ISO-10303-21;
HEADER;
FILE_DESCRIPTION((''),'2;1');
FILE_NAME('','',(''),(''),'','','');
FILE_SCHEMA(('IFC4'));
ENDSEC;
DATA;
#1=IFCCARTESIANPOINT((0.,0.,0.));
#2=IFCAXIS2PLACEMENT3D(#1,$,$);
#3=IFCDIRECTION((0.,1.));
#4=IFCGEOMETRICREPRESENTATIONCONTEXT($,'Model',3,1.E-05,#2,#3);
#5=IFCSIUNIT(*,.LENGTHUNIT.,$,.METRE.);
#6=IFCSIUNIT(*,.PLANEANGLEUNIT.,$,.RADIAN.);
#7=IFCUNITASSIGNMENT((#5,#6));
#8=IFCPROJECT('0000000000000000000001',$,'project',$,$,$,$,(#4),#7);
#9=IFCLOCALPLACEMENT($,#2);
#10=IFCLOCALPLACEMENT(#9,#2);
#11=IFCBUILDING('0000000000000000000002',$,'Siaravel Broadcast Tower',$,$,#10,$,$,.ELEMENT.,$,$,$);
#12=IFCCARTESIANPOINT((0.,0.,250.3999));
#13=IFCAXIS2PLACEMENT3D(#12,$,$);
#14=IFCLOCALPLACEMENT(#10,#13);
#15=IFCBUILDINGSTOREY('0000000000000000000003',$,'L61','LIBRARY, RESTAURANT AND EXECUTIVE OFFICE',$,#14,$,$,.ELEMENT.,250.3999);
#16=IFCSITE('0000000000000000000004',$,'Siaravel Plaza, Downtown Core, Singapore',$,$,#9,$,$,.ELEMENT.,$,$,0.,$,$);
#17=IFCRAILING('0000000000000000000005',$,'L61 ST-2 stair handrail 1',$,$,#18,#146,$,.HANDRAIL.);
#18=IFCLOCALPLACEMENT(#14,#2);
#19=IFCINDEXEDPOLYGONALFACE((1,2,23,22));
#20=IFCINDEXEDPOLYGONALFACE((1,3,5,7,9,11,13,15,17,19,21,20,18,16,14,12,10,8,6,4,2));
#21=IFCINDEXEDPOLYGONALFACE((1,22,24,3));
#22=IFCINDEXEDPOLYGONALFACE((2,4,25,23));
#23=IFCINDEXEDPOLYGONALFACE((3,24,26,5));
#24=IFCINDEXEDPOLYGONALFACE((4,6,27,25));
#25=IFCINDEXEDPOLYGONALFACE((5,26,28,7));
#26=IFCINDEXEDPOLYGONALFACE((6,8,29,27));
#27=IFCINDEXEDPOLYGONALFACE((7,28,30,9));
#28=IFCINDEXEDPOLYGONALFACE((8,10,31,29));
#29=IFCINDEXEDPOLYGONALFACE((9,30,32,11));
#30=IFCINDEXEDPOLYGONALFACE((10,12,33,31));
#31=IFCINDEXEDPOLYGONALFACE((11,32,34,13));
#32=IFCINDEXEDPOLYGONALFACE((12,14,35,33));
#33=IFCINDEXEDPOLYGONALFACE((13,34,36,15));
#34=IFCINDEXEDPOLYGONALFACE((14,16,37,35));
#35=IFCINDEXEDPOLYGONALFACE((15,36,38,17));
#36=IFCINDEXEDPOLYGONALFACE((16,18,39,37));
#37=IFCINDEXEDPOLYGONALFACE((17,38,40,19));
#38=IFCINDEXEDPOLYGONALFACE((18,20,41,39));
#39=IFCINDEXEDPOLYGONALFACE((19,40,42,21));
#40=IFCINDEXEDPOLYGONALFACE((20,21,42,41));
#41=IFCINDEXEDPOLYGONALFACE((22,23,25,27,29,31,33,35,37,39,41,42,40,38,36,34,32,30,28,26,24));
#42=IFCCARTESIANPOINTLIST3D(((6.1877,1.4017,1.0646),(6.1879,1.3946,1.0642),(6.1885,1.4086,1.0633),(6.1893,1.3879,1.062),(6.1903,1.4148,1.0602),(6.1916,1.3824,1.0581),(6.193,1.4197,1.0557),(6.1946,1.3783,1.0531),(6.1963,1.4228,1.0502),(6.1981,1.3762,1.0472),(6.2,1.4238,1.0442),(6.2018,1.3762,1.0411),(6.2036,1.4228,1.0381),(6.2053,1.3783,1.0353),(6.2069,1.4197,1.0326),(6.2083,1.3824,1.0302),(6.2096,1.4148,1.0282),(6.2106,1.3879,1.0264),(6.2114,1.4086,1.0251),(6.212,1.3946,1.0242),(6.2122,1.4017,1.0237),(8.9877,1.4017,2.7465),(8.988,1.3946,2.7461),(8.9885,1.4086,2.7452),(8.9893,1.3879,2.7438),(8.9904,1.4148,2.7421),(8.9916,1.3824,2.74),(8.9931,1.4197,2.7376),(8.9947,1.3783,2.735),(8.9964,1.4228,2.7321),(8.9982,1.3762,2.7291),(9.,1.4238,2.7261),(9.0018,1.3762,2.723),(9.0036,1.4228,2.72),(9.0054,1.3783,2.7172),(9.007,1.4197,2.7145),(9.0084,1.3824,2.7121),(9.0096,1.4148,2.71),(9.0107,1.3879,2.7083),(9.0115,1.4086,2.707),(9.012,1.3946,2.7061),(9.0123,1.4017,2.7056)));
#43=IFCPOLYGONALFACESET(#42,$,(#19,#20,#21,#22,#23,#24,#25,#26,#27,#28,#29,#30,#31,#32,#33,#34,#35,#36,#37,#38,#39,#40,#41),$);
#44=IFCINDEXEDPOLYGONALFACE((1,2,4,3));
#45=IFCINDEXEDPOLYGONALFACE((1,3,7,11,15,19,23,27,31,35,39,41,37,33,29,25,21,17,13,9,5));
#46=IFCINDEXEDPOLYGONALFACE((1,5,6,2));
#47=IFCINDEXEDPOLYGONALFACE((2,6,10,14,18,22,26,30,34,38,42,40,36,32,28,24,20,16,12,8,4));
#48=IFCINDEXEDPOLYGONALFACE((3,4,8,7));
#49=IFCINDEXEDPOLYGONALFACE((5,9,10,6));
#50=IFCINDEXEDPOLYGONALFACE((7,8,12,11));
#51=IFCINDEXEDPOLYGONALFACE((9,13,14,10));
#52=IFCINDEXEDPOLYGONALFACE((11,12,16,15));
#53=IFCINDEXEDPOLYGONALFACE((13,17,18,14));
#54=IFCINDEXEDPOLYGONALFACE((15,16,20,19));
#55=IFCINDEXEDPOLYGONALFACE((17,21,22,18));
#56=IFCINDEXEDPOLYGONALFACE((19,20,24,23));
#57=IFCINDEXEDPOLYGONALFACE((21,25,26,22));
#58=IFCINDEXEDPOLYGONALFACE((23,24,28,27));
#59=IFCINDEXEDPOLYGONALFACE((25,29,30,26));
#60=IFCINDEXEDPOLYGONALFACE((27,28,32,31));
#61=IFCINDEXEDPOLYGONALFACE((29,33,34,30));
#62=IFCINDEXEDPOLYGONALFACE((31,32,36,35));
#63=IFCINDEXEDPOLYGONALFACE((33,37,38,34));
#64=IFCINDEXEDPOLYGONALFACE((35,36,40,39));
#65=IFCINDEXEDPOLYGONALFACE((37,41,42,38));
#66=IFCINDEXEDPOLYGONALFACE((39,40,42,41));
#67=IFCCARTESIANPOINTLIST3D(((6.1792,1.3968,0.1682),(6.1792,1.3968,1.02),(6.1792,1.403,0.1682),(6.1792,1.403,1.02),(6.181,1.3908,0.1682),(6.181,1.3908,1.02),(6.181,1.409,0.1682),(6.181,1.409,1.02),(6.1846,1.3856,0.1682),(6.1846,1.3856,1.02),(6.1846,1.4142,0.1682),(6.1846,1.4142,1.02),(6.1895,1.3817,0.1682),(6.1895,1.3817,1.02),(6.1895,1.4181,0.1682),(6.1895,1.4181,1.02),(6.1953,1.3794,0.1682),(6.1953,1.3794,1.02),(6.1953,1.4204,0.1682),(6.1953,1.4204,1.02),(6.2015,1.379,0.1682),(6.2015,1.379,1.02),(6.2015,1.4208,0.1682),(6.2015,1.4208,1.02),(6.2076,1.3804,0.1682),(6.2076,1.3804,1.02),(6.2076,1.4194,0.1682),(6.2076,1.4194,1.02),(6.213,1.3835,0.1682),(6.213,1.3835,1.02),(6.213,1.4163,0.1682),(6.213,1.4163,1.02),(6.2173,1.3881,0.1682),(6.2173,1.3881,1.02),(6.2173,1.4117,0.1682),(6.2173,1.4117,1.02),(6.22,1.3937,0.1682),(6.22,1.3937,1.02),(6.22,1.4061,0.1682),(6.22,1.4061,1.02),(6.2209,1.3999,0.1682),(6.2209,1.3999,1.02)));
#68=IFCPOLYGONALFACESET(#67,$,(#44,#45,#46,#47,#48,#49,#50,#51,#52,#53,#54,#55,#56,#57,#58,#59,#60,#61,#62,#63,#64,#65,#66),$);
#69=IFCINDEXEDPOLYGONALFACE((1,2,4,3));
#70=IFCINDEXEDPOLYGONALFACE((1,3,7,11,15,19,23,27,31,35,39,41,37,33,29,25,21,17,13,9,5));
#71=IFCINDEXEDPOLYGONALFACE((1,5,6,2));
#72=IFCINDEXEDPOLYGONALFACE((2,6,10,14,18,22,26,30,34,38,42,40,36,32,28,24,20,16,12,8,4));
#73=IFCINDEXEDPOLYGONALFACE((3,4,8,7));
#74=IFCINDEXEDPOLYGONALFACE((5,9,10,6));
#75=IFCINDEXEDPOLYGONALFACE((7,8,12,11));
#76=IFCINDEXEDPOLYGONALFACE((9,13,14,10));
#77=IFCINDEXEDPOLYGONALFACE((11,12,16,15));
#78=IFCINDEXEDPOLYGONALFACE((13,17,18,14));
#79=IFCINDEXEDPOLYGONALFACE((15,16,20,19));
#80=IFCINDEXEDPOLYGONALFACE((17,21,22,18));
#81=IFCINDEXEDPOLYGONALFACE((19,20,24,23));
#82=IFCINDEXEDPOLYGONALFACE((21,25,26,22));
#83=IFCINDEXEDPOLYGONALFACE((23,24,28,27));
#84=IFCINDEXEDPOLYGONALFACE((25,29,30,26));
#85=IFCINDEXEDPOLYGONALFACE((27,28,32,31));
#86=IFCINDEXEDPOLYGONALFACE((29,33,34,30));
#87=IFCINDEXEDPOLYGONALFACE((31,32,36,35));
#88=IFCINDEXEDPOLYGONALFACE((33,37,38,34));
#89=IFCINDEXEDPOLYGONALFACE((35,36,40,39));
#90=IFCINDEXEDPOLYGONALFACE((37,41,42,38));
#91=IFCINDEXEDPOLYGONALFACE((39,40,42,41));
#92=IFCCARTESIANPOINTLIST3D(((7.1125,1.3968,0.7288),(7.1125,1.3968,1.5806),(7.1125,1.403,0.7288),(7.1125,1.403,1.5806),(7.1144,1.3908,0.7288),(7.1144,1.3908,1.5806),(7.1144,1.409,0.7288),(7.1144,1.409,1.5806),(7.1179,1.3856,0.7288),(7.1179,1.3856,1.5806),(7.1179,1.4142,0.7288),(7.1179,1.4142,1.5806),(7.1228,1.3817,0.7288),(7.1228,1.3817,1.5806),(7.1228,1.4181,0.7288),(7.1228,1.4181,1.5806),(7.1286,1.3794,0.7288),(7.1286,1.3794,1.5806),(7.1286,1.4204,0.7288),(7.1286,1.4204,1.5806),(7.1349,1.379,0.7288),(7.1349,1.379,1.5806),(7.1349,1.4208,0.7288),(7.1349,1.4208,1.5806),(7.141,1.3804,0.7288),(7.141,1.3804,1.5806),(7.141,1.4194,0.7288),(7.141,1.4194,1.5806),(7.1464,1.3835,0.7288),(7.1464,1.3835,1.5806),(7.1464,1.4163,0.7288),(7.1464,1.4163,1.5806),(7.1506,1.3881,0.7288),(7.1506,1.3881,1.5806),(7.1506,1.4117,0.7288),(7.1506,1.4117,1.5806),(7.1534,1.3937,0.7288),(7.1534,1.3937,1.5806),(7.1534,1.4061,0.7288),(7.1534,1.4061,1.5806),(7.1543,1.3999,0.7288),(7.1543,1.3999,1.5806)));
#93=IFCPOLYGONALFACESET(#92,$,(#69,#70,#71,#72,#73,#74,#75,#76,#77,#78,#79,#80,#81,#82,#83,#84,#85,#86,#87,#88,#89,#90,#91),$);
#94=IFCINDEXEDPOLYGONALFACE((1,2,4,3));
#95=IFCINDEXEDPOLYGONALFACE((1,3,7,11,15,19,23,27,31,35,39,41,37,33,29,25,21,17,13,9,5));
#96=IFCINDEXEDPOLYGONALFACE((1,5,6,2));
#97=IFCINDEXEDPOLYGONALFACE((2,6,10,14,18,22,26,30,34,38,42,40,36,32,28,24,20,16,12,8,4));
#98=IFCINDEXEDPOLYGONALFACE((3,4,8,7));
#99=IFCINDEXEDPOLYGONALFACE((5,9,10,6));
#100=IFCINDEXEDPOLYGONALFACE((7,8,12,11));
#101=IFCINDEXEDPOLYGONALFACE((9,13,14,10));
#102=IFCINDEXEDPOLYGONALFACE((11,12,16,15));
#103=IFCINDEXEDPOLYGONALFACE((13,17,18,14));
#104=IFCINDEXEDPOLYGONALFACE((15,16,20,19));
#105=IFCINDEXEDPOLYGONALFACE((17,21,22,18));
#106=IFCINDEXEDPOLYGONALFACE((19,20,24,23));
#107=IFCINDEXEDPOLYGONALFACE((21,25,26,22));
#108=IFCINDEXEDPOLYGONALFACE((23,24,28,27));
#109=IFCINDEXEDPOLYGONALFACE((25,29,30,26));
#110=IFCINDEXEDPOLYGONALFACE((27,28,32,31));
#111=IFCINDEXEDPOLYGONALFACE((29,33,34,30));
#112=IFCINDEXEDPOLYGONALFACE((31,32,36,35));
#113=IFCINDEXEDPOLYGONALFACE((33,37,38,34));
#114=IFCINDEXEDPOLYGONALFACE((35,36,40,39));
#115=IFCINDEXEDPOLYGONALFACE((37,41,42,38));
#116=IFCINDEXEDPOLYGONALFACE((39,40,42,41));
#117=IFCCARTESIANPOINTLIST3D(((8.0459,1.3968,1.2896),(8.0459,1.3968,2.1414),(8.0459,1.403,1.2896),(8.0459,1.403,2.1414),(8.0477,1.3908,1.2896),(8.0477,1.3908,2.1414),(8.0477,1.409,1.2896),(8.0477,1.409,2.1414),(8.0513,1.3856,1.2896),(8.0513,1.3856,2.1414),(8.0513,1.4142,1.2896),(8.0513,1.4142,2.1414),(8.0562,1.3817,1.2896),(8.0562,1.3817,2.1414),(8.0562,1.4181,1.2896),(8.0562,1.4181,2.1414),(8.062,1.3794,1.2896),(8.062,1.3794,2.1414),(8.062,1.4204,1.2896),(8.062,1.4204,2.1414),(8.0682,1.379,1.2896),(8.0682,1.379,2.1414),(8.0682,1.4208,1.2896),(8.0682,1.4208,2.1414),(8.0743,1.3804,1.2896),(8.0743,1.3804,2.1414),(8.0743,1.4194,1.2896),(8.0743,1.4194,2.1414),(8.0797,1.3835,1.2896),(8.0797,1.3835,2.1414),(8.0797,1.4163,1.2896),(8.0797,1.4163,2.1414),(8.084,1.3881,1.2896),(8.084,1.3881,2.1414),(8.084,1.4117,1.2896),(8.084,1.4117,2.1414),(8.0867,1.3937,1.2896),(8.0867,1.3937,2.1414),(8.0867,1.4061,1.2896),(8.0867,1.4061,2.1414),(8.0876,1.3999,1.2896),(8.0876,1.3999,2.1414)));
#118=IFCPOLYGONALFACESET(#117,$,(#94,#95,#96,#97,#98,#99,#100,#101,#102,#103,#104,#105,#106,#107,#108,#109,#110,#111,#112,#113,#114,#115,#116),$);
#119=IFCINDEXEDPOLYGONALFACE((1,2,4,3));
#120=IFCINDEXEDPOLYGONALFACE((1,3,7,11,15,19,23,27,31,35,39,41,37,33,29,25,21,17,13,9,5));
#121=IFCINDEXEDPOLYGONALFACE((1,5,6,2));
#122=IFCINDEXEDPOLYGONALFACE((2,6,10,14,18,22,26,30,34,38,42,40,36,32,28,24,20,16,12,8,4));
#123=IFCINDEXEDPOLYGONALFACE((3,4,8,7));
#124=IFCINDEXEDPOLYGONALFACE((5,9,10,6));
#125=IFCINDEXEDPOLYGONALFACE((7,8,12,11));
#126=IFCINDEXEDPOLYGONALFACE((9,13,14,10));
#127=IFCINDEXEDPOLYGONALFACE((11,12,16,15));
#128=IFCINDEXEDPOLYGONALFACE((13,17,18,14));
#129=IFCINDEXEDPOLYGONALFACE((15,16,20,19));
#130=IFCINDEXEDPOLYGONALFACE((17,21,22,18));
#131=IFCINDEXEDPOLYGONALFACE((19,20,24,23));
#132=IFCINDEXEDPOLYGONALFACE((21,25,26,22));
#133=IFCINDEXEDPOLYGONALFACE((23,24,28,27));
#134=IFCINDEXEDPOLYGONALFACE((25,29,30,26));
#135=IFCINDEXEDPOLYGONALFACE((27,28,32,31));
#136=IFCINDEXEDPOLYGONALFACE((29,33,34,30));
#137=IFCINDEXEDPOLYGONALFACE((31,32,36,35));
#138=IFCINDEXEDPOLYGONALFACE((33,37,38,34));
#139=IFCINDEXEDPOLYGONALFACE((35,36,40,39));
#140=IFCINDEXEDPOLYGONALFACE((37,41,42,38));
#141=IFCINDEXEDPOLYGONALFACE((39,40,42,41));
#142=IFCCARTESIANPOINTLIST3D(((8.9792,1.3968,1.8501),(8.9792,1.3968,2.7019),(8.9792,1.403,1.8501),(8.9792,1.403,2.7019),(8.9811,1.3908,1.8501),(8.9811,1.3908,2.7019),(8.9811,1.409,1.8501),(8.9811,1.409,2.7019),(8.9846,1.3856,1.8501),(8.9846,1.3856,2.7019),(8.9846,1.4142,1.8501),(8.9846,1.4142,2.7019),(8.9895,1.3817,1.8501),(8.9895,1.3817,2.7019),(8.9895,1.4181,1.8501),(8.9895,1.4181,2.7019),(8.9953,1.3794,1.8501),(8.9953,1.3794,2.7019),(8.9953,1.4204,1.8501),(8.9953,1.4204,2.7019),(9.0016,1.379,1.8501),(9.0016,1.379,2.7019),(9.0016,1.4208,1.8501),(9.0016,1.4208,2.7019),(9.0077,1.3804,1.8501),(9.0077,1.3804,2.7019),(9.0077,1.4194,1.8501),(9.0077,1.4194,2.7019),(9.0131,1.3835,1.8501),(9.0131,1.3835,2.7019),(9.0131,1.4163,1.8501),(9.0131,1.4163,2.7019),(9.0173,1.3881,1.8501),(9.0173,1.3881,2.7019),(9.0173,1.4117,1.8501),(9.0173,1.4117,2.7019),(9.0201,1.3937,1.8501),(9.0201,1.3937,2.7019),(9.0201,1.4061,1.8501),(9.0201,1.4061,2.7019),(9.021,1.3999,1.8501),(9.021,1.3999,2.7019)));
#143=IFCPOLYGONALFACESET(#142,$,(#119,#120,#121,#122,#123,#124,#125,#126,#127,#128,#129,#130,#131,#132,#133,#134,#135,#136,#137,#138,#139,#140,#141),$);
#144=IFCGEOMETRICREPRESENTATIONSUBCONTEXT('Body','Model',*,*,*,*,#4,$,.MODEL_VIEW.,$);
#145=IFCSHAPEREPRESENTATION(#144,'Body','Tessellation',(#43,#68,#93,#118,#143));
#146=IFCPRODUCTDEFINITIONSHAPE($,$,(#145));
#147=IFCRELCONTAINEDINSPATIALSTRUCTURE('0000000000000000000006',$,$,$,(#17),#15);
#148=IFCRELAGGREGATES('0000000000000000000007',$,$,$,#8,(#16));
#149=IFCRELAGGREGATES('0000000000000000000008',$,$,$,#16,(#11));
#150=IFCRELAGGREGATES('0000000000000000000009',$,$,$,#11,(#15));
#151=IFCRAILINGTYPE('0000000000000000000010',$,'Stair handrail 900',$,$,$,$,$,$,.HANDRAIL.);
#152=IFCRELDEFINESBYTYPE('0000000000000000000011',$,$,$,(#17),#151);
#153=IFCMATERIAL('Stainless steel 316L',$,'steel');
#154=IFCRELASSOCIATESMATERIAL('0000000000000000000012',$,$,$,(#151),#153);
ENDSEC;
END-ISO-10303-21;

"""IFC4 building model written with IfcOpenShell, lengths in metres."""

from ifc_helpers import new_model, si_unit, direction, frame, origin, origin_2d, place, context, subcontext, project, spatial, circle, extrude, material, type_object, element, save


model = new_model("IFC4")

# Units and contexts
model_context = context("Model", 3, precision=1e-05, world=origin(), true_north=direction((0.0, 1.0)))
body_context = subcontext(model_context, "Body", "Model", "MODEL_VIEW")
ifc_project = project(units=[si_unit("LENGTHUNIT", "METRE"), si_unit("PLANEANGLEUNIT", "RADIAN")], contexts=[model_context])

# Site, building, storey
site_placement = place(None, origin())
site = spatial("IfcSite", under=ifc_project, at=site_placement, Name="Siaravel Plaza, Downtown Core, Singapore", CompositionType="ELEMENT", RefElevation=0.0)
building_placement = place(site_placement, origin())
building = spatial("IfcBuilding", under=site, at=building_placement, Name="Siaravel Broadcast Tower", CompositionType="ELEMENT")
storey_placement = place(building_placement, frame((0.0, 0.0, 250.3999)))
storey = spatial("IfcBuildingStorey", under=building, at=storey_placement, Name="L61", Description="LIBRARY, RESTAURANT AND EXECUTIVE OFFICE", CompositionType="ELEMENT", Elevation=250.3999)

# Railing
ifc_material_1 = material(Name="Stainless steel 316L", Category="steel")
railing_type_1 = type_object("IfcRailingType", Name="Stair handrail 900", PredefinedType="HANDRAIL", material=ifc_material_1)
railing_1_placement = place(storey_placement, frame((6.2, 1.3999, 0.1682)))
element("IfcRailing", 1, at=railing_1_placement, inside=storey, type_object=railing_type_1, Name="L61 ST-2 stair handrail 1", PredefinedType="HANDRAIL", context=body_context, shape_type="SweptSolid", body=[
    extrude(circle(Radius=0.0239, at=origin_2d()), frame((0.0, 0.0, 0.876), z_axis=(0.857242, 0.0, 0.514913), x_axis=(0.0, 1.0, 0.0)), (0.0, 0.0, 1.0), 3.2664),
    extrude(circle(Radius=0.021, at=origin_2d()), origin(), (0.0, 0.0, 1.0), 0.8518),
    extrude(circle(Radius=0.021, at=origin_2d()), frame((0.9333, 0.0, 0.5605)), (0.0, 0.0, 1.0), 0.8518),
    extrude(circle(Radius=0.021, at=origin_2d()), frame((1.8667, 0.0, 1.1213)), (0.0, 0.0, 1.0), 0.8518),
    extrude(circle(Radius=0.021, at=origin_2d()), frame((2.8, 0.0, 1.6819)), (0.0, 0.0, 1.0), 0.8518),
])

save(model, "model.ifc")
